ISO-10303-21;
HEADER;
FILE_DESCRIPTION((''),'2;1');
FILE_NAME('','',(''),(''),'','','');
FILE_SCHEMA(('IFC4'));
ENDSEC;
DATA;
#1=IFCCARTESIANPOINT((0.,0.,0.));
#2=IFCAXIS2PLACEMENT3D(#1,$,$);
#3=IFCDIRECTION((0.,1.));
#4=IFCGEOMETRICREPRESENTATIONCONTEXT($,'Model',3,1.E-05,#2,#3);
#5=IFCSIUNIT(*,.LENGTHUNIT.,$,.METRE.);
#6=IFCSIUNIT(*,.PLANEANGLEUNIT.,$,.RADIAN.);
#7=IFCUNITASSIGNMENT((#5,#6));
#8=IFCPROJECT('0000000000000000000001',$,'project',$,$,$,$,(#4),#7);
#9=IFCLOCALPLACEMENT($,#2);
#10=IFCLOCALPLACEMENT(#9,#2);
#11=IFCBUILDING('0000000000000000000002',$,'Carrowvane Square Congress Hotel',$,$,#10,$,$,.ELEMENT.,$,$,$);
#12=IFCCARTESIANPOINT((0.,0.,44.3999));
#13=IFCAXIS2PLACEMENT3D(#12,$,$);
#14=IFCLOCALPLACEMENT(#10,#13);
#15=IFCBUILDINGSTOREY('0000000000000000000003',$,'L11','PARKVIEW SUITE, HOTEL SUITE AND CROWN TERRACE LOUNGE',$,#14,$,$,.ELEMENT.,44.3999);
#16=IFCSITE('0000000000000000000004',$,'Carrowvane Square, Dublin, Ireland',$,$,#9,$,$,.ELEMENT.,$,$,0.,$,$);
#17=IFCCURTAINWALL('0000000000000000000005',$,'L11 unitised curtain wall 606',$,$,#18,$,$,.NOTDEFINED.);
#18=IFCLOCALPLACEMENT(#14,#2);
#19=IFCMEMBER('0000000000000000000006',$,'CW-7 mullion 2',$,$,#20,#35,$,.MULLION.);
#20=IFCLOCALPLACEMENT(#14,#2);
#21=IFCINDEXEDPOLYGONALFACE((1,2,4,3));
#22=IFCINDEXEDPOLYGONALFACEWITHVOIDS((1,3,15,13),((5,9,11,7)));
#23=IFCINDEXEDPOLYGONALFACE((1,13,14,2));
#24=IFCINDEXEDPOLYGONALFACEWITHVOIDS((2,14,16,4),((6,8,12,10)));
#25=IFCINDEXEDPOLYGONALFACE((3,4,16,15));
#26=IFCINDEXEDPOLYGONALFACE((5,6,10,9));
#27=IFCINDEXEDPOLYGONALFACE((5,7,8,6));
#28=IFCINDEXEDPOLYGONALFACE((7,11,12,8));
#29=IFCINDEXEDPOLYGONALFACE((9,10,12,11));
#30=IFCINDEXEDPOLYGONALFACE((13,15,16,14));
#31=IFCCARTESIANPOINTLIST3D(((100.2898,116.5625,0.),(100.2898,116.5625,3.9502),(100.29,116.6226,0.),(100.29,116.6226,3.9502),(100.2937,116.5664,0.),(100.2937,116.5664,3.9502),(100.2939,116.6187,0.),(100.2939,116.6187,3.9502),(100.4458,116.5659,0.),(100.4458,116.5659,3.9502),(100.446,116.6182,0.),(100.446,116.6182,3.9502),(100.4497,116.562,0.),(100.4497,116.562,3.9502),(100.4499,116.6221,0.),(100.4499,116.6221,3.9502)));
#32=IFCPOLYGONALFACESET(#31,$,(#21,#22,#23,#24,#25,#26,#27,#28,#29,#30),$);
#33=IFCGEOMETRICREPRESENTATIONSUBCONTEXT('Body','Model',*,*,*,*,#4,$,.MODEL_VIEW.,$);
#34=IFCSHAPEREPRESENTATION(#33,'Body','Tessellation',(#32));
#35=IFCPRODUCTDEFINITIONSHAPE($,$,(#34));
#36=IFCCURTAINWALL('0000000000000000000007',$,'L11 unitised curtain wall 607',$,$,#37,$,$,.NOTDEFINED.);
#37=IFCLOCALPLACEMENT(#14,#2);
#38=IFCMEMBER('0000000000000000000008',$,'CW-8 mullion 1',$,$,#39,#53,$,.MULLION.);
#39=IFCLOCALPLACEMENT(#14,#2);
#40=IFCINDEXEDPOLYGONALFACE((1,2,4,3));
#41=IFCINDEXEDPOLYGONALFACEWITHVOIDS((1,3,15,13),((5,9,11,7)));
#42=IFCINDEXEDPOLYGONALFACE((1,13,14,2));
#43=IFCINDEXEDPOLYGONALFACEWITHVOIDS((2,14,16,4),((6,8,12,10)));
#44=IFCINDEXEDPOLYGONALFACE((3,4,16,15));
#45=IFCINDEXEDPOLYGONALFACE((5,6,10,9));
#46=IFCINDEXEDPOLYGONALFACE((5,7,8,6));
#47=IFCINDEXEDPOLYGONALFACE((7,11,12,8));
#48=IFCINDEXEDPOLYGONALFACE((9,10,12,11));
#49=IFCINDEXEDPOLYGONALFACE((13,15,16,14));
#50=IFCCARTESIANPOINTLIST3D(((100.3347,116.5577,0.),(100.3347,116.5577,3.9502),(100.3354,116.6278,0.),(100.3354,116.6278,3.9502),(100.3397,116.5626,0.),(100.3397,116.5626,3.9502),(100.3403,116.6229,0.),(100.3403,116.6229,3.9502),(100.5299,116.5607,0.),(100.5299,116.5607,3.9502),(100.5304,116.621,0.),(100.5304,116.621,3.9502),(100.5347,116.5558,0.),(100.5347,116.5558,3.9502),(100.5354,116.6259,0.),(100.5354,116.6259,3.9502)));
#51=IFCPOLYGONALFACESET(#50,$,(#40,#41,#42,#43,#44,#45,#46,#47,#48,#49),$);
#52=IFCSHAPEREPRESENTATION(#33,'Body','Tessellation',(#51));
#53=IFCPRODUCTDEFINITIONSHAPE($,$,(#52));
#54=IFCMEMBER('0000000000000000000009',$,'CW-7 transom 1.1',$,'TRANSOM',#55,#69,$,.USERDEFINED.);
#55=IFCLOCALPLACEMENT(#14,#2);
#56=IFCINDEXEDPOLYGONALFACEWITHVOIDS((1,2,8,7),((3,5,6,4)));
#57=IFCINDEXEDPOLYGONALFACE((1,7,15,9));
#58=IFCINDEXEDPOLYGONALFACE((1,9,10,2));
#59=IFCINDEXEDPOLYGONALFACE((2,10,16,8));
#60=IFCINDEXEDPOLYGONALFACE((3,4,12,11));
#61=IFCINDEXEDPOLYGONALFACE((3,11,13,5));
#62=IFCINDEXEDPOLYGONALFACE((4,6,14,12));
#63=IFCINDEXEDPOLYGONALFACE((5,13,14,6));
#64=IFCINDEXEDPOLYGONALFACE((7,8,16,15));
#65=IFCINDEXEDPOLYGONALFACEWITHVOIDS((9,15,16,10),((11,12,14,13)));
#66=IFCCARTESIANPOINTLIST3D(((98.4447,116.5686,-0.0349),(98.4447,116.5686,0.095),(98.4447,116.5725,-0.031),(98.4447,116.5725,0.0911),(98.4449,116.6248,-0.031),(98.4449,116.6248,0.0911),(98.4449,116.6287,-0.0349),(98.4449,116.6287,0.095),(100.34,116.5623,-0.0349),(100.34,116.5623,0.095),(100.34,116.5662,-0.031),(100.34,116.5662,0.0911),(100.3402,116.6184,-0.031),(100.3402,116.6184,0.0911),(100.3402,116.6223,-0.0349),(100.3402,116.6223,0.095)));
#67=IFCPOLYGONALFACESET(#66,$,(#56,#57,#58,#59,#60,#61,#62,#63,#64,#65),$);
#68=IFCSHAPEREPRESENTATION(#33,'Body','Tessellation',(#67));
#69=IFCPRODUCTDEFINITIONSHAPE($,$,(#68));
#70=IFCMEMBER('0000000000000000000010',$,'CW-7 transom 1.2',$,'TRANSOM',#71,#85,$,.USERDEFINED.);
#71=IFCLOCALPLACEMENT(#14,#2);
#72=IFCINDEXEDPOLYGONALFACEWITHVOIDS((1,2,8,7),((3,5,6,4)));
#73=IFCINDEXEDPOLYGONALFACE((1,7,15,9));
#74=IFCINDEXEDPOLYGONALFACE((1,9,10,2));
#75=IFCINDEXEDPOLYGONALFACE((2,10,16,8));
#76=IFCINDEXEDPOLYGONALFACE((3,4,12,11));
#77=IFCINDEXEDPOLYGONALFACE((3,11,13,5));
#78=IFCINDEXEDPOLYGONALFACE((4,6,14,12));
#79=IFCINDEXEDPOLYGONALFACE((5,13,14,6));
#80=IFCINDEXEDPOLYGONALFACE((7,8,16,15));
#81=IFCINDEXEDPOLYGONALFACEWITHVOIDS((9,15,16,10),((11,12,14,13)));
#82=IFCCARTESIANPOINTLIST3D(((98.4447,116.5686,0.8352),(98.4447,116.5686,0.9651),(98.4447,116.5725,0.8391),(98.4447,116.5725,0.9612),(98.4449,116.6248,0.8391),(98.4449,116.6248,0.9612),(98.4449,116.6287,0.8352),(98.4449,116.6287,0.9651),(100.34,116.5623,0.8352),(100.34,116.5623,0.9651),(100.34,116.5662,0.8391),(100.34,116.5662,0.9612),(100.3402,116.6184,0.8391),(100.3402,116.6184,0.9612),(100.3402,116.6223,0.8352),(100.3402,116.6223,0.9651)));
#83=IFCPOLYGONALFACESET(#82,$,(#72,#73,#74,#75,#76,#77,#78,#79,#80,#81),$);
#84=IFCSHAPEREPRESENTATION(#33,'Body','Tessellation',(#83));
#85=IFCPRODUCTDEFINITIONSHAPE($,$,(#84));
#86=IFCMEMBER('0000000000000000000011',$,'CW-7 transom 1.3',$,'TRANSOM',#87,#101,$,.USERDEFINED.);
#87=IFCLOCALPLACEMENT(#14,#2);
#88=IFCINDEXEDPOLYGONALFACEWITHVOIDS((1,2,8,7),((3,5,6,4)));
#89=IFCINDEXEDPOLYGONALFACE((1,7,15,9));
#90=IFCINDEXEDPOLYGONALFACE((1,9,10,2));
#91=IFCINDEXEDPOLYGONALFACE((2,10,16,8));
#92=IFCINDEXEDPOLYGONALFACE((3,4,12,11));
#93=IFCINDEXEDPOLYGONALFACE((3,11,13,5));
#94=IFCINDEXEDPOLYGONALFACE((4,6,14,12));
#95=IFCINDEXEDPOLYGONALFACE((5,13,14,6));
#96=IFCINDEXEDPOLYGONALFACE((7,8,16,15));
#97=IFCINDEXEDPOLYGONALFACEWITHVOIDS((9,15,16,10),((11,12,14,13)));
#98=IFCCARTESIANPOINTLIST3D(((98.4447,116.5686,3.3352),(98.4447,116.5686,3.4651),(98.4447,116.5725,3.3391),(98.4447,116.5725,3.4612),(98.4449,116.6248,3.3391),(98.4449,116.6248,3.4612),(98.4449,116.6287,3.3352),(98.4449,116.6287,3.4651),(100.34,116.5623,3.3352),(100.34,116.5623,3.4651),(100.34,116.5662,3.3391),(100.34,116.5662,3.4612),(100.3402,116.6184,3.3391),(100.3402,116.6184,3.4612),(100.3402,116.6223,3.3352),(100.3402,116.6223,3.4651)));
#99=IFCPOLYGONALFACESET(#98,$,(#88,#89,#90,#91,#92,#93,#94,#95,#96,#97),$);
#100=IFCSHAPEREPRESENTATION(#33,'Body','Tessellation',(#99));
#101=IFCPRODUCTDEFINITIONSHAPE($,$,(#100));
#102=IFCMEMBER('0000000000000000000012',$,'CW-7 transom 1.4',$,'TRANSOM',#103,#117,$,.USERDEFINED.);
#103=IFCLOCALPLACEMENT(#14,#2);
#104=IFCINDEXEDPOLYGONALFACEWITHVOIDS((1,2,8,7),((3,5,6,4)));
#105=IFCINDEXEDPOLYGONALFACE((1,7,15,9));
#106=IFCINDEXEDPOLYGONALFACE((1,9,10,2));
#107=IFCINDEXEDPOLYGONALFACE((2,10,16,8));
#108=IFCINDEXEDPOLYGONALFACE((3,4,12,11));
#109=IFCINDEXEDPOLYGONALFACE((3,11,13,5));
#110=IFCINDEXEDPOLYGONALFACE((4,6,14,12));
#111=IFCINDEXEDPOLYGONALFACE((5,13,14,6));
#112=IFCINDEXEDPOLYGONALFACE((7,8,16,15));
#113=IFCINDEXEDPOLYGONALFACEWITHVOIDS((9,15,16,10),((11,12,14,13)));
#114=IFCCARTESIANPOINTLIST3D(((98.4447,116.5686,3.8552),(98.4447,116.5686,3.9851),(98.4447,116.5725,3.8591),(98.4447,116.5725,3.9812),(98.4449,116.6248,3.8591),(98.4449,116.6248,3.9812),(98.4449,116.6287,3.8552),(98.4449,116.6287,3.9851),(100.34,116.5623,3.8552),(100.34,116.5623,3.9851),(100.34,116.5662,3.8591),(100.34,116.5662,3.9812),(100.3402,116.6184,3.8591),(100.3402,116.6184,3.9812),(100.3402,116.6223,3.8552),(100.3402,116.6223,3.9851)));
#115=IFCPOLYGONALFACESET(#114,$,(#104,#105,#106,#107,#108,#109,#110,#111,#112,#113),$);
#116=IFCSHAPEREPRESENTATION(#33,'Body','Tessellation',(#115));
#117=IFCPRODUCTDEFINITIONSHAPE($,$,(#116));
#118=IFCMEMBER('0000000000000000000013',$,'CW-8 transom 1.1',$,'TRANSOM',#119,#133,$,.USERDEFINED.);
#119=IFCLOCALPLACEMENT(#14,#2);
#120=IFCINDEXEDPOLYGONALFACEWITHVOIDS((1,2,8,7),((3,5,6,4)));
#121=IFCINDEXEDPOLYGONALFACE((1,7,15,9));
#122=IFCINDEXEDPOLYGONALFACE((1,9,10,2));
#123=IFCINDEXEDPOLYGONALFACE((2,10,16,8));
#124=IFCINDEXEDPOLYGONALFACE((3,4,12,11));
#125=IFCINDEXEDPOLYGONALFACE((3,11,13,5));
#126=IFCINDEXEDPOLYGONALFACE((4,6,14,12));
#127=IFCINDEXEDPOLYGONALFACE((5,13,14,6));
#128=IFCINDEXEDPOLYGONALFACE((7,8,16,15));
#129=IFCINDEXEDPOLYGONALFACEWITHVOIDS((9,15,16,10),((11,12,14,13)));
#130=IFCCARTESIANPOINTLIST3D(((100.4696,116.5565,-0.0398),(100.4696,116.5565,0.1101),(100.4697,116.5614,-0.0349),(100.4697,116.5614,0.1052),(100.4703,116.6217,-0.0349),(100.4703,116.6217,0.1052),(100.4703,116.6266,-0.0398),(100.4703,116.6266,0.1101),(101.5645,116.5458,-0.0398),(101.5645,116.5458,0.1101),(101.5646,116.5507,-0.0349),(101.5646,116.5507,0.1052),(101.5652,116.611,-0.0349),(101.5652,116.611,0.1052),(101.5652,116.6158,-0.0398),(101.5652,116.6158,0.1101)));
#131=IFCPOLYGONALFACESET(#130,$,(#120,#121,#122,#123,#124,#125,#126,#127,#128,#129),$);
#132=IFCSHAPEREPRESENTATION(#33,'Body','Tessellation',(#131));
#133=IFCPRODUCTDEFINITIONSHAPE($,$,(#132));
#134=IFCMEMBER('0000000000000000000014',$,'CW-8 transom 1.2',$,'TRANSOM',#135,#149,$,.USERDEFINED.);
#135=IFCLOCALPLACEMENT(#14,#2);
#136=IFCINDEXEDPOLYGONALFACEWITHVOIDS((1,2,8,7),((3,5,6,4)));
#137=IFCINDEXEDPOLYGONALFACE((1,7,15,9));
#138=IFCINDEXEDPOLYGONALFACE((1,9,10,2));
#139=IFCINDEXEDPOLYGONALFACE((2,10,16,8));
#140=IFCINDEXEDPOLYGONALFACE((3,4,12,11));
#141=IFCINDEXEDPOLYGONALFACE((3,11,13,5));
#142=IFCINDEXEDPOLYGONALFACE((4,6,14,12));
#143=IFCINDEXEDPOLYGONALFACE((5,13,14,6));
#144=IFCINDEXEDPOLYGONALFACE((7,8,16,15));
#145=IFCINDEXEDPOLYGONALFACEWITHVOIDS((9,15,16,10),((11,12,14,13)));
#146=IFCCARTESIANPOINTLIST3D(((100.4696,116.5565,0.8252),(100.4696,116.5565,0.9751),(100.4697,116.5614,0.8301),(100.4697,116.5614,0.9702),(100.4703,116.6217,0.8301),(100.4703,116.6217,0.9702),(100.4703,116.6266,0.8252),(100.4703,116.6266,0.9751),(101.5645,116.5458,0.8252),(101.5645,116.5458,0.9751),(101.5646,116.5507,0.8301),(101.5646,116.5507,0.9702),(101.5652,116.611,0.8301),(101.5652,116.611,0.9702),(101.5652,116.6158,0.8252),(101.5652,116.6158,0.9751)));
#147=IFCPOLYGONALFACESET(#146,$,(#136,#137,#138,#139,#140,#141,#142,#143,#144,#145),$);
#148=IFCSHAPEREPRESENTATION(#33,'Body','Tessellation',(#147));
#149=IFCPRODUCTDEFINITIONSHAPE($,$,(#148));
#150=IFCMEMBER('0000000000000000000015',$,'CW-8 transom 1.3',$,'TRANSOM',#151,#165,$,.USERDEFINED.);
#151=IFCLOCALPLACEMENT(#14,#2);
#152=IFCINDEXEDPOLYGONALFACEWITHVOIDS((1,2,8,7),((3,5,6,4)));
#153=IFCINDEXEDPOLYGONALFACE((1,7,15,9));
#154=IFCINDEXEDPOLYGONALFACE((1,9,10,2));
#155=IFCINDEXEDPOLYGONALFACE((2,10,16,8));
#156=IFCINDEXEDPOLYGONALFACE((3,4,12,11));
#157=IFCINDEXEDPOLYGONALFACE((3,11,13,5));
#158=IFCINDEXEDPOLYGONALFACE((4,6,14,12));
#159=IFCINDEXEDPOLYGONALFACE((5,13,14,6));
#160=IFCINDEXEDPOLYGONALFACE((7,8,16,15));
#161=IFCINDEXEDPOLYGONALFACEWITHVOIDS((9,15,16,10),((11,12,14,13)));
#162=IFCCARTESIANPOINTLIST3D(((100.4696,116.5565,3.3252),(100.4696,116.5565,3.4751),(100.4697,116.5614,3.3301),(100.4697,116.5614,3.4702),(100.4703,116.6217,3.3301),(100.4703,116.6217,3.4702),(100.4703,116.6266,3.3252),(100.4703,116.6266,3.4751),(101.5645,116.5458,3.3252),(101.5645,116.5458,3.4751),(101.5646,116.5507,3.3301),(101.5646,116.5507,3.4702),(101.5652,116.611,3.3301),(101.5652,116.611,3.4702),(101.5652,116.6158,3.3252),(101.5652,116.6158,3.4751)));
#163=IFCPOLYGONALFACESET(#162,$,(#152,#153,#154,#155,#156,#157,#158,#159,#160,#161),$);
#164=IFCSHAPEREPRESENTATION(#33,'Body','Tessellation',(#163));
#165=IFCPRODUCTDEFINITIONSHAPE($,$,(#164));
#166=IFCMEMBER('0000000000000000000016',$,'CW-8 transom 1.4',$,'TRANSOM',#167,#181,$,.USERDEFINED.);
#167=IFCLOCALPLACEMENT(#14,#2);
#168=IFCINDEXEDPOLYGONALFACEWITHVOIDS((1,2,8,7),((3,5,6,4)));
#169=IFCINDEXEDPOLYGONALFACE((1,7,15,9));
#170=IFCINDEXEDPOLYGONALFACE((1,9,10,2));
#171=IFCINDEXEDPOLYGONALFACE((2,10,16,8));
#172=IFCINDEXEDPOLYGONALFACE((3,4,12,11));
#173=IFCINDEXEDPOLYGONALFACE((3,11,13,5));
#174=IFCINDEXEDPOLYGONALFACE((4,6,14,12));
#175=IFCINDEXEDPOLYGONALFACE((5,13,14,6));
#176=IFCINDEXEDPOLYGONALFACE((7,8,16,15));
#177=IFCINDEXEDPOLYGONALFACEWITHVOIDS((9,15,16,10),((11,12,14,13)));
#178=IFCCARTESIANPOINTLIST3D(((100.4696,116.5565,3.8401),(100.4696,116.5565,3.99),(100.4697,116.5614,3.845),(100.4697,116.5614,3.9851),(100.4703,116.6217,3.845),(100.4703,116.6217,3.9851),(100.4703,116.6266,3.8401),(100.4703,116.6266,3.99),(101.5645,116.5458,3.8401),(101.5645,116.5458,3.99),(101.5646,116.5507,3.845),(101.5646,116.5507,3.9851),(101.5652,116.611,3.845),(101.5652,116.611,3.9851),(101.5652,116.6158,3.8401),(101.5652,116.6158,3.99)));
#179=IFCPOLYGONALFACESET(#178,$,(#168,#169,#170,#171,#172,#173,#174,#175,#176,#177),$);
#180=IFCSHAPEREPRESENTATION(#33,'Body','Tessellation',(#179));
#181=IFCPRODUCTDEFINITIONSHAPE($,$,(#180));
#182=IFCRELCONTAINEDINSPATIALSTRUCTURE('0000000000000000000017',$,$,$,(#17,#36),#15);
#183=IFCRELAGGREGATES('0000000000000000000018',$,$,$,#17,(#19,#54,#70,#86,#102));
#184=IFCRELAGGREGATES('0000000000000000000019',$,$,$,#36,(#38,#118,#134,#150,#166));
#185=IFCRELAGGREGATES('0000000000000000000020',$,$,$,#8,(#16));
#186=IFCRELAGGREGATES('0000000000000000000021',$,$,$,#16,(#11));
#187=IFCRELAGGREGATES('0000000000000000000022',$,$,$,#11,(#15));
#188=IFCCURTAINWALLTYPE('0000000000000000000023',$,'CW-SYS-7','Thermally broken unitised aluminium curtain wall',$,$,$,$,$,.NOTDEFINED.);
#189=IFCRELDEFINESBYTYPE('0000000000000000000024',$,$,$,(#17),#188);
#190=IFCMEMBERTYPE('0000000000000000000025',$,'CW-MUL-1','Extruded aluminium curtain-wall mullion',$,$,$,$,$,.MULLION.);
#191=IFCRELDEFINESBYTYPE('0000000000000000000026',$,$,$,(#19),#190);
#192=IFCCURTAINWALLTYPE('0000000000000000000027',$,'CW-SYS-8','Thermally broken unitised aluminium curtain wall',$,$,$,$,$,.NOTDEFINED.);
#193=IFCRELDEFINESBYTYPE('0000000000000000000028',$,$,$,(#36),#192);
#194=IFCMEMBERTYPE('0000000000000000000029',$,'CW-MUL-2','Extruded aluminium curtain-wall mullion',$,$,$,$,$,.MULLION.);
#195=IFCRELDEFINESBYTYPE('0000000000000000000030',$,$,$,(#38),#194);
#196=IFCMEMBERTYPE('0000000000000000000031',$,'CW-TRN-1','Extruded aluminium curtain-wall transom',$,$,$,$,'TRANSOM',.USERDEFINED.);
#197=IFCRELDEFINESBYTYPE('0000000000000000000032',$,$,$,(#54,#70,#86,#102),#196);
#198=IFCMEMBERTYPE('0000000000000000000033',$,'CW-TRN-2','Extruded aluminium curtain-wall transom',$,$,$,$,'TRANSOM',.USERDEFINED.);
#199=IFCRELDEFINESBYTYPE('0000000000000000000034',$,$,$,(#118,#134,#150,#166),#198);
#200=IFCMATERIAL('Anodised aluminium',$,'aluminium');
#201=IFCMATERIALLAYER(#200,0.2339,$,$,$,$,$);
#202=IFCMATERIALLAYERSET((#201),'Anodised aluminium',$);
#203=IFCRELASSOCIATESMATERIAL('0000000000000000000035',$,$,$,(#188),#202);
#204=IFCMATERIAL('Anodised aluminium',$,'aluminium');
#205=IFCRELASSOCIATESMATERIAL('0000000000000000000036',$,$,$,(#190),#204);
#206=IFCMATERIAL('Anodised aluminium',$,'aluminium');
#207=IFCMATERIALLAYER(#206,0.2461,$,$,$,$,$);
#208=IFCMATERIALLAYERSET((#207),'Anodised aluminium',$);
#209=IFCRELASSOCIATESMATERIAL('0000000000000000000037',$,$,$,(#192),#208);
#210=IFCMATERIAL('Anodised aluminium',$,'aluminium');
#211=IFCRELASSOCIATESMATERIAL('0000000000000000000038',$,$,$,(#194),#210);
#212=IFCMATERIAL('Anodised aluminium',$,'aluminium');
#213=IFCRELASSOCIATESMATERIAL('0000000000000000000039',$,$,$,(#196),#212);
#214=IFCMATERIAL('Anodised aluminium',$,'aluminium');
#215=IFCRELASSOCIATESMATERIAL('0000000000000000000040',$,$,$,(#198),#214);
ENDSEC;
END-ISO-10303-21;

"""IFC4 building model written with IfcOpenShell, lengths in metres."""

from ifc_helpers import new_model, si_unit, direction, frame, origin, origin_2d, place, context, subcontext, project, spatial, hollow_rectangle, extrude, material, layer, layer_set, material_profile, profile_set, type_object, element, aggregate, save


model = new_model("IFC4")

# Units and contexts
model_context = context("Model", 3, precision=1e-05, world=origin(), true_north=direction((0.0, 1.0)))
body_context = subcontext(model_context, "Body", "Model", "MODEL_VIEW")
ifc_project = project(units=[si_unit("LENGTHUNIT", "METRE"), si_unit("PLANEANGLEUNIT", "RADIAN")], contexts=[model_context])

# Site, building, storey
site_placement = place(None, origin())
site = spatial("IfcSite", under=ifc_project, at=site_placement, Name="Carrowvane Square, Dublin, Ireland", CompositionType="ELEMENT", RefElevation=0.0)
building_placement = place(site_placement, origin())
building = spatial("IfcBuilding", under=site, at=building_placement, Name="Carrowvane Square Congress Hotel", CompositionType="ELEMENT")
storey_placement = place(building_placement, frame((0.0, 0.0, 44.3999)))
storey = spatial("IfcBuildingStorey", under=building, at=storey_placement, Name="L11", Description="PARKVIEW SUITE, HOTEL SUITE AND CROWN TERRACE LOUNGE", CompositionType="ELEMENT", Elevation=44.3999)

# Curtain walls, members
ifc_material_1 = material(Name="Anodised aluminium", Category="aluminium")
ifc_layer_1 = layer(ifc_material_1, 0.2339)
ifc_layer_set_1 = layer_set([ifc_layer_1], Name="Anodised aluminium")
curtain_wall_type_1 = type_object("IfcCurtainWallType", Name="CW-SYS-7", Description="Thermally broken unitised aluminium curtain wall", PredefinedType="NOTDEFINED", material=ifc_layer_set_1)
curtain_wall_1_placement = place(storey_placement, origin())
curtain_wall_1 = element("IfcCurtainWall", 1, at=curtain_wall_1_placement, inside=storey, type_object=curtain_wall_type_1, Name="L11 unitised curtain wall 606", PredefinedType="NOTDEFINED")
ifc_material_2 = material(Name="Anodised aluminium", Category="aluminium")
ifc_material_profile_1 = material_profile(ifc_material_2, hollow_rectangle(XDim=0.0601, YDim=0.1599, WallThickness=0.0039, at=origin_2d()), Name="CW-ML 60x160x4")
ifc_profile_set_1 = profile_set([ifc_material_profile_1], Name="Anodised aluminium")
member_type_1 = type_object("IfcMemberType", Name="CW-MUL-1", Description="Extruded aluminium curtain-wall mullion", PredefinedType="MULLION", material=ifc_profile_set_1)
member_1_placement = place(storey_placement, frame((100.3699, 116.5923, 0.0), z_axis=(0.0, 0.0, 1.0), x_axis=(0.00327, 0.999995, 0.0)))
member_1 = element("IfcMember", 2, at=member_1_placement, type_object=member_type_1, Name="CW-7 mullion 2", PredefinedType="MULLION", context=body_context, shape_type="SweptSolid", body=[
    extrude(hollow_rectangle(XDim=0.0601, YDim=0.1599, WallThickness=0.0039, at=origin_2d()), origin(), (0.0, 0.0, 1.0), 3.9502),
])
ifc_material_3 = material(Name="Anodised aluminium", Category="aluminium")
ifc_layer_2 = layer(ifc_material_3, 0.2461)
ifc_layer_set_2 = layer_set([ifc_layer_2], Name="Anodised aluminium")
curtain_wall_type_2 = type_object("IfcCurtainWallType", Name="CW-SYS-8", Description="Thermally broken unitised aluminium curtain wall", PredefinedType="NOTDEFINED", material=ifc_layer_set_2)
curtain_wall_2_placement = place(storey_placement, origin())
curtain_wall_2 = element("IfcCurtainWall", 3, at=curtain_wall_2_placement, inside=storey, type_object=curtain_wall_type_2, Name="L11 unitised curtain wall 607", PredefinedType="NOTDEFINED")
ifc_material_4 = material(Name="Anodised aluminium", Category="aluminium")
ifc_material_profile_2 = material_profile(ifc_material_4, hollow_rectangle(XDim=0.0701, YDim=0.2, WallThickness=0.0049, at=origin_2d()), Name="CW-ML 70x200x5")
ifc_profile_set_2 = profile_set([ifc_material_profile_2], Name="Anodised aluminium")
member_type_2 = type_object("IfcMemberType", Name="CW-MUL-2", Description="Extruded aluminium curtain-wall mullion", PredefinedType="MULLION", material=ifc_profile_set_2)
member_2_placement = place(storey_placement, frame((100.4351, 116.5918, 0.0), z_axis=(0.0, 0.0, 1.0), x_axis=(0.009783, 0.999952, 0.0)))
member_2 = element("IfcMember", 4, at=member_2_placement, type_object=member_type_2, Name="CW-8 mullion 1", PredefinedType="MULLION", context=body_context, shape_type="SweptSolid", body=[
    extrude(hollow_rectangle(XDim=0.0701, YDim=0.2, WallThickness=0.0049, at=origin_2d()), origin(), (0.0, 0.0, 1.0), 3.9502),
])

# Members
ifc_material_5 = material(Name="Anodised aluminium", Category="aluminium")
ifc_material_profile_3 = material_profile(ifc_material_5, hollow_rectangle(XDim=0.0601, YDim=0.1299, WallThickness=0.0039, at=origin_2d()), Name="CW-TR 60x130x4")
ifc_profile_set_3 = profile_set([ifc_material_profile_3], Name="Anodised aluminium")
member_type_3 = type_object("IfcMemberType", Name="CW-TRN-1", Description="Extruded aluminium curtain-wall transom", ElementType="TRANSOM", PredefinedType="USERDEFINED", material=ifc_profile_set_3)
member_3_placement = place(storey_placement, frame((98.4448, 116.5986, 0.03), z_axis=(0.999994, -0.003349, 0.0), x_axis=(0.003349, 0.999994, 0.0)))
member_3 = element("IfcMember", 5, at=member_3_placement, type_object=member_type_3, Name="CW-7 transom 1.1", ObjectType="TRANSOM", PredefinedType="USERDEFINED", context=body_context, shape_type="SweptSolid", body=[
    extrude(hollow_rectangle(XDim=0.0601, YDim=0.1299, WallThickness=0.0039, at=origin_2d()), origin(), (0.0, 0.0, 1.0), 1.8953),
])
member_4_placement = place(storey_placement, frame((98.4448, 116.5986, 0.9001), z_axis=(0.999994, -0.003349, 0.0), x_axis=(0.003349, 0.999994, 0.0)))
member_4 = element("IfcMember", 6, at=member_4_placement, type_object=member_type_3, Name="CW-7 transom 1.2", ObjectType="TRANSOM", PredefinedType="USERDEFINED", context=body_context, shape_type="SweptSolid", body=[
    extrude(hollow_rectangle(XDim=0.0601, YDim=0.1299, WallThickness=0.0039, at=origin_2d()), origin(), (0.0, 0.0, 1.0), 1.8953),
])
member_5_placement = place(storey_placement, frame((98.4448, 116.5986, 3.4001), z_axis=(0.999994, -0.003349, 0.0), x_axis=(0.003349, 0.999994, 0.0)))
member_5 = element("IfcMember", 7, at=member_5_placement, type_object=member_type_3, Name="CW-7 transom 1.3", ObjectType="TRANSOM", PredefinedType="USERDEFINED", context=body_context, shape_type="SweptSolid", body=[
    extrude(hollow_rectangle(XDim=0.0601, YDim=0.1299, WallThickness=0.0039, at=origin_2d()), origin(), (0.0, 0.0, 1.0), 1.8953),
])
member_6_placement = place(storey_placement, frame((98.4448, 116.5986, 3.9202), z_axis=(0.999994, -0.003349, 0.0), x_axis=(0.003349, 0.999994, 0.0)))
member_6 = element("IfcMember", 8, at=member_6_placement, type_object=member_type_3, Name="CW-7 transom 1.4", ObjectType="TRANSOM", PredefinedType="USERDEFINED", context=body_context, shape_type="SweptSolid", body=[
    extrude(hollow_rectangle(XDim=0.0601, YDim=0.1299, WallThickness=0.0039, at=origin_2d()), origin(), (0.0, 0.0, 1.0), 1.8953),
])
ifc_material_6 = material(Name="Anodised aluminium", Category="aluminium")
ifc_material_profile_4 = material_profile(ifc_material_6, hollow_rectangle(XDim=0.0701, YDim=0.1499, WallThickness=0.0049, at=origin_2d()), Name="CW-TR 70x150x5")
ifc_profile_set_4 = profile_set([ifc_material_profile_4], Name="Anodised aluminium")
member_type_4 = type_object("IfcMemberType", Name="CW-TRN-2", Description="Extruded aluminium curtain-wall transom", ElementType="TRANSOM", PredefinedType="USERDEFINED", material=ifc_profile_set_4)
member_7_placement = place(storey_placement, frame((100.47, 116.5916, 0.0352), z_axis=(0.999952, -0.00981, 0.0), x_axis=(0.00981, 0.999952, 0.0)))
member_7 = element("IfcMember", 9, at=member_7_placement, type_object=member_type_4, Name="CW-8 transom 1.1", ObjectType="TRANSOM", PredefinedType="USERDEFINED", context=body_context, shape_type="SweptSolid", body=[
    extrude(hollow_rectangle(XDim=0.0701, YDim=0.1499, WallThickness=0.0049, at=origin_2d()), origin(), (0.0, 0.0, 1.0), 1.095),
])
member_8_placement = place(storey_placement, frame((100.47, 116.5916, 0.9001), z_axis=(0.999952, -0.00981, 0.0), x_axis=(0.00981, 0.999952, 0.0)))
member_8 = element("IfcMember", 10, at=member_8_placement, type_object=member_type_4, Name="CW-8 transom 1.2", ObjectType="TRANSOM", PredefinedType="USERDEFINED", context=body_context, shape_type="SweptSolid", body=[
    extrude(hollow_rectangle(XDim=0.0701, YDim=0.1499, WallThickness=0.0049, at=origin_2d()), origin(), (0.0, 0.0, 1.0), 1.095),
])
member_9_placement = place(storey_placement, frame((100.47, 116.5916, 3.4001), z_axis=(0.999952, -0.00981, 0.0), x_axis=(0.00981, 0.999952, 0.0)))
member_9 = element("IfcMember", 11, at=member_9_placement, type_object=member_type_4, Name="CW-8 transom 1.3", ObjectType="TRANSOM", PredefinedType="USERDEFINED", context=body_context, shape_type="SweptSolid", body=[
    extrude(hollow_rectangle(XDim=0.0701, YDim=0.1499, WallThickness=0.0049, at=origin_2d()), origin(), (0.0, 0.0, 1.0), 1.095),
])
member_10_placement = place(storey_placement, frame((100.47, 116.5916, 3.915), z_axis=(0.999952, -0.00981, 0.0), x_axis=(0.00981, 0.999952, 0.0)))
member_10 = element("IfcMember", 12, at=member_10_placement, type_object=member_type_4, Name="CW-8 transom 1.4", ObjectType="TRANSOM", PredefinedType="USERDEFINED", context=body_context, shape_type="SweptSolid", body=[
    extrude(hollow_rectangle(XDim=0.0701, YDim=0.1499, WallThickness=0.0049, at=origin_2d()), origin(), (0.0, 0.0, 1.0), 1.095),
])

aggregate(curtain_wall_1, [member_1, member_3, member_4, member_5, member_6])
aggregate(curtain_wall_2, [member_2, member_7, member_8, member_9, member_10])

save(model, "model.ifc")
